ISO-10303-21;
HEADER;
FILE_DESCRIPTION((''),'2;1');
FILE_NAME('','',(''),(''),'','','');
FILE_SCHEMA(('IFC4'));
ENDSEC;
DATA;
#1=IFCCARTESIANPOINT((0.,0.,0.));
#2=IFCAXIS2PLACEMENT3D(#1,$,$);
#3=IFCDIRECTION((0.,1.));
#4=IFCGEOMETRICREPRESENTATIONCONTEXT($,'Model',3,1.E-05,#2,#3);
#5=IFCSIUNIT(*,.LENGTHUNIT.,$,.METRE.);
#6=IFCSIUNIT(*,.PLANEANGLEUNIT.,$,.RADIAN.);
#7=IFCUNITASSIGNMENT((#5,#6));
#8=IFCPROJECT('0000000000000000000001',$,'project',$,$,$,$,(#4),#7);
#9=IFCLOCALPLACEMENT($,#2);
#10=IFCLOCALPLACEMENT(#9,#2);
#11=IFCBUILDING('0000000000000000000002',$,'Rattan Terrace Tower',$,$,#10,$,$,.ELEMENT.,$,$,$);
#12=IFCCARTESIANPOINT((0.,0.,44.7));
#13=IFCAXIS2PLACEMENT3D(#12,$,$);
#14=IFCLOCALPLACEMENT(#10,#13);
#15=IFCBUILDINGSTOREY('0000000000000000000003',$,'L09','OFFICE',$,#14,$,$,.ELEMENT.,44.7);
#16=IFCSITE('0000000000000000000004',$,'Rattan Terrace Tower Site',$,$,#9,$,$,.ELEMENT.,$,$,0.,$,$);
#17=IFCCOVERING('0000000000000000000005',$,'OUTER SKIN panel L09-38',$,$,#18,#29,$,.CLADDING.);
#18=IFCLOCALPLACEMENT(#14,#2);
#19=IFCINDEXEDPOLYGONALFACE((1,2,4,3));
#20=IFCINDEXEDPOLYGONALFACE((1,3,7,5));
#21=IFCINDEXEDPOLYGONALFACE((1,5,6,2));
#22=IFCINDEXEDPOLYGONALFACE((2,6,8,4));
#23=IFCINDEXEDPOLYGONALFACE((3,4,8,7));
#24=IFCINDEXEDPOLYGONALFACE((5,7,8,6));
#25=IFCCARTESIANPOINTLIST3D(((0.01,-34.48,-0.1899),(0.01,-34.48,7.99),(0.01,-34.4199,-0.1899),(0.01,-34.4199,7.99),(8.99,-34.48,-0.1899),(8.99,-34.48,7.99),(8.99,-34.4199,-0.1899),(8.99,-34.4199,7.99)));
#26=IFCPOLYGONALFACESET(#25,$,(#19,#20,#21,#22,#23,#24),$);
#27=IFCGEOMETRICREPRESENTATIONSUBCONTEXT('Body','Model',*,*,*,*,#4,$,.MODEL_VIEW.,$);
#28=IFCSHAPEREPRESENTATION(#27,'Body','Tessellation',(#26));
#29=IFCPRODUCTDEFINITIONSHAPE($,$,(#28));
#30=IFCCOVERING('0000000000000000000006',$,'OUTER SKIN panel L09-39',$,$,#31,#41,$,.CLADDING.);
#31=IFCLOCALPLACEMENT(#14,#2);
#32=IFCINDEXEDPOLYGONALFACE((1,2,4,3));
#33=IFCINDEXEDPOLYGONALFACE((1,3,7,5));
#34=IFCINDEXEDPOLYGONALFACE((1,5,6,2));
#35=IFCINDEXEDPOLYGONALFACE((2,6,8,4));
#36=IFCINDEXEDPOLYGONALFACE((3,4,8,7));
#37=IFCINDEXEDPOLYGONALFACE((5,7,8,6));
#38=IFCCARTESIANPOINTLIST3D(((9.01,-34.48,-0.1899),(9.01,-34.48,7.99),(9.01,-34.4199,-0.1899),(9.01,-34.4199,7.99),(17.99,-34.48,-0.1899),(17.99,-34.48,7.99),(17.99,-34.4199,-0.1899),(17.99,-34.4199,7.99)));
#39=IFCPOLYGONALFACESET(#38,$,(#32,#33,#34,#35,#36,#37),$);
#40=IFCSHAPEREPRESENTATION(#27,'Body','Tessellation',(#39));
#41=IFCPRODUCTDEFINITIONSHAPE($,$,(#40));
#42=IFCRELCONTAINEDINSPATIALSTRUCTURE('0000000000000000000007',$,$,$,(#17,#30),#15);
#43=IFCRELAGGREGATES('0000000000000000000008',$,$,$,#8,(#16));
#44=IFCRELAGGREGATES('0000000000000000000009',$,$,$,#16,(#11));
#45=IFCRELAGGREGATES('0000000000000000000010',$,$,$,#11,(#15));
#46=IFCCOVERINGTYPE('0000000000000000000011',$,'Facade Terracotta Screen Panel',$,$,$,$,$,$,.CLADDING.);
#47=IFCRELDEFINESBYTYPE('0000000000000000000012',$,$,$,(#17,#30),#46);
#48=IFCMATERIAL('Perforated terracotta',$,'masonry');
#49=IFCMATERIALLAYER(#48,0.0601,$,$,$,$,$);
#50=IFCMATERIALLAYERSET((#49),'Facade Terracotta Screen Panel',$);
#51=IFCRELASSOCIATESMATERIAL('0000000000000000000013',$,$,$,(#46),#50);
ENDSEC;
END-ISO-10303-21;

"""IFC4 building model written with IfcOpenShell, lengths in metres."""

from ifc_helpers import new_model, si_unit, direction, frame, origin, origin_2d, place, context, subcontext, project, spatial, rectangle, extrude, material, layer, layer_set, type_object, element, save


model = new_model("IFC4")

# Units and contexts
model_context = context("Model", 3, precision=1e-05, world=origin(), true_north=direction((0.0, 1.0)))
body_context = subcontext(model_context, "Body", "Model", "MODEL_VIEW")
ifc_project = project(units=[si_unit("LENGTHUNIT", "METRE"), si_unit("PLANEANGLEUNIT", "RADIAN")], contexts=[model_context])

# Site, building, storey
site_placement = place(None, origin())
site = spatial("IfcSite", under=ifc_project, at=site_placement, Name="Rattan Terrace Tower Site", CompositionType="ELEMENT", RefElevation=0.0)
building_placement = place(site_placement, origin())
building = spatial("IfcBuilding", under=site, at=building_placement, Name="Rattan Terrace Tower", CompositionType="ELEMENT")
storey_placement = place(building_placement, frame((0.0, 0.0, 44.7)))
storey = spatial("IfcBuildingStorey", under=building, at=storey_placement, Name="L09", Description="OFFICE", CompositionType="ELEMENT", Elevation=44.7)

# Coverings
ifc_material_1 = material(Name="Perforated terracotta", Category="masonry")
ifc_layer_1 = layer(ifc_material_1, 0.0601)
ifc_layer_set_1 = layer_set([ifc_layer_1], Name="Facade Terracotta Screen Panel")
covering_type = type_object("IfcCoveringType", Name="Facade Terracotta Screen Panel", PredefinedType="CLADDING", material=ifc_layer_set_1)
for number, where, z_axis, x_axis, name in (
    (1, (4.5, -34.45, -0.1899), (0.0, 0.0, 1.0), (1.0, 0.0, 0.0), "OUTER SKIN panel L09-38"),
    (2, (13.5, -34.45, -0.1899), (0.0, 0.0, 1.0), (1.0, 0.0, 0.0), "OUTER SKIN panel L09-39"),
):
    element("IfcCovering", number, at=place(storey_placement, frame(where, z_axis=z_axis, x_axis=x_axis)), inside=storey, type_object=covering_type, Name=name, PredefinedType="CLADDING", context=body_context, shape_type="SweptSolid", body=[
        extrude(rectangle(XDim=8.98, YDim=0.0601, at=origin_2d()), origin(), (0.0, 0.0, 1.0), 8.1799),
    ])

save(model, "model.ifc")
